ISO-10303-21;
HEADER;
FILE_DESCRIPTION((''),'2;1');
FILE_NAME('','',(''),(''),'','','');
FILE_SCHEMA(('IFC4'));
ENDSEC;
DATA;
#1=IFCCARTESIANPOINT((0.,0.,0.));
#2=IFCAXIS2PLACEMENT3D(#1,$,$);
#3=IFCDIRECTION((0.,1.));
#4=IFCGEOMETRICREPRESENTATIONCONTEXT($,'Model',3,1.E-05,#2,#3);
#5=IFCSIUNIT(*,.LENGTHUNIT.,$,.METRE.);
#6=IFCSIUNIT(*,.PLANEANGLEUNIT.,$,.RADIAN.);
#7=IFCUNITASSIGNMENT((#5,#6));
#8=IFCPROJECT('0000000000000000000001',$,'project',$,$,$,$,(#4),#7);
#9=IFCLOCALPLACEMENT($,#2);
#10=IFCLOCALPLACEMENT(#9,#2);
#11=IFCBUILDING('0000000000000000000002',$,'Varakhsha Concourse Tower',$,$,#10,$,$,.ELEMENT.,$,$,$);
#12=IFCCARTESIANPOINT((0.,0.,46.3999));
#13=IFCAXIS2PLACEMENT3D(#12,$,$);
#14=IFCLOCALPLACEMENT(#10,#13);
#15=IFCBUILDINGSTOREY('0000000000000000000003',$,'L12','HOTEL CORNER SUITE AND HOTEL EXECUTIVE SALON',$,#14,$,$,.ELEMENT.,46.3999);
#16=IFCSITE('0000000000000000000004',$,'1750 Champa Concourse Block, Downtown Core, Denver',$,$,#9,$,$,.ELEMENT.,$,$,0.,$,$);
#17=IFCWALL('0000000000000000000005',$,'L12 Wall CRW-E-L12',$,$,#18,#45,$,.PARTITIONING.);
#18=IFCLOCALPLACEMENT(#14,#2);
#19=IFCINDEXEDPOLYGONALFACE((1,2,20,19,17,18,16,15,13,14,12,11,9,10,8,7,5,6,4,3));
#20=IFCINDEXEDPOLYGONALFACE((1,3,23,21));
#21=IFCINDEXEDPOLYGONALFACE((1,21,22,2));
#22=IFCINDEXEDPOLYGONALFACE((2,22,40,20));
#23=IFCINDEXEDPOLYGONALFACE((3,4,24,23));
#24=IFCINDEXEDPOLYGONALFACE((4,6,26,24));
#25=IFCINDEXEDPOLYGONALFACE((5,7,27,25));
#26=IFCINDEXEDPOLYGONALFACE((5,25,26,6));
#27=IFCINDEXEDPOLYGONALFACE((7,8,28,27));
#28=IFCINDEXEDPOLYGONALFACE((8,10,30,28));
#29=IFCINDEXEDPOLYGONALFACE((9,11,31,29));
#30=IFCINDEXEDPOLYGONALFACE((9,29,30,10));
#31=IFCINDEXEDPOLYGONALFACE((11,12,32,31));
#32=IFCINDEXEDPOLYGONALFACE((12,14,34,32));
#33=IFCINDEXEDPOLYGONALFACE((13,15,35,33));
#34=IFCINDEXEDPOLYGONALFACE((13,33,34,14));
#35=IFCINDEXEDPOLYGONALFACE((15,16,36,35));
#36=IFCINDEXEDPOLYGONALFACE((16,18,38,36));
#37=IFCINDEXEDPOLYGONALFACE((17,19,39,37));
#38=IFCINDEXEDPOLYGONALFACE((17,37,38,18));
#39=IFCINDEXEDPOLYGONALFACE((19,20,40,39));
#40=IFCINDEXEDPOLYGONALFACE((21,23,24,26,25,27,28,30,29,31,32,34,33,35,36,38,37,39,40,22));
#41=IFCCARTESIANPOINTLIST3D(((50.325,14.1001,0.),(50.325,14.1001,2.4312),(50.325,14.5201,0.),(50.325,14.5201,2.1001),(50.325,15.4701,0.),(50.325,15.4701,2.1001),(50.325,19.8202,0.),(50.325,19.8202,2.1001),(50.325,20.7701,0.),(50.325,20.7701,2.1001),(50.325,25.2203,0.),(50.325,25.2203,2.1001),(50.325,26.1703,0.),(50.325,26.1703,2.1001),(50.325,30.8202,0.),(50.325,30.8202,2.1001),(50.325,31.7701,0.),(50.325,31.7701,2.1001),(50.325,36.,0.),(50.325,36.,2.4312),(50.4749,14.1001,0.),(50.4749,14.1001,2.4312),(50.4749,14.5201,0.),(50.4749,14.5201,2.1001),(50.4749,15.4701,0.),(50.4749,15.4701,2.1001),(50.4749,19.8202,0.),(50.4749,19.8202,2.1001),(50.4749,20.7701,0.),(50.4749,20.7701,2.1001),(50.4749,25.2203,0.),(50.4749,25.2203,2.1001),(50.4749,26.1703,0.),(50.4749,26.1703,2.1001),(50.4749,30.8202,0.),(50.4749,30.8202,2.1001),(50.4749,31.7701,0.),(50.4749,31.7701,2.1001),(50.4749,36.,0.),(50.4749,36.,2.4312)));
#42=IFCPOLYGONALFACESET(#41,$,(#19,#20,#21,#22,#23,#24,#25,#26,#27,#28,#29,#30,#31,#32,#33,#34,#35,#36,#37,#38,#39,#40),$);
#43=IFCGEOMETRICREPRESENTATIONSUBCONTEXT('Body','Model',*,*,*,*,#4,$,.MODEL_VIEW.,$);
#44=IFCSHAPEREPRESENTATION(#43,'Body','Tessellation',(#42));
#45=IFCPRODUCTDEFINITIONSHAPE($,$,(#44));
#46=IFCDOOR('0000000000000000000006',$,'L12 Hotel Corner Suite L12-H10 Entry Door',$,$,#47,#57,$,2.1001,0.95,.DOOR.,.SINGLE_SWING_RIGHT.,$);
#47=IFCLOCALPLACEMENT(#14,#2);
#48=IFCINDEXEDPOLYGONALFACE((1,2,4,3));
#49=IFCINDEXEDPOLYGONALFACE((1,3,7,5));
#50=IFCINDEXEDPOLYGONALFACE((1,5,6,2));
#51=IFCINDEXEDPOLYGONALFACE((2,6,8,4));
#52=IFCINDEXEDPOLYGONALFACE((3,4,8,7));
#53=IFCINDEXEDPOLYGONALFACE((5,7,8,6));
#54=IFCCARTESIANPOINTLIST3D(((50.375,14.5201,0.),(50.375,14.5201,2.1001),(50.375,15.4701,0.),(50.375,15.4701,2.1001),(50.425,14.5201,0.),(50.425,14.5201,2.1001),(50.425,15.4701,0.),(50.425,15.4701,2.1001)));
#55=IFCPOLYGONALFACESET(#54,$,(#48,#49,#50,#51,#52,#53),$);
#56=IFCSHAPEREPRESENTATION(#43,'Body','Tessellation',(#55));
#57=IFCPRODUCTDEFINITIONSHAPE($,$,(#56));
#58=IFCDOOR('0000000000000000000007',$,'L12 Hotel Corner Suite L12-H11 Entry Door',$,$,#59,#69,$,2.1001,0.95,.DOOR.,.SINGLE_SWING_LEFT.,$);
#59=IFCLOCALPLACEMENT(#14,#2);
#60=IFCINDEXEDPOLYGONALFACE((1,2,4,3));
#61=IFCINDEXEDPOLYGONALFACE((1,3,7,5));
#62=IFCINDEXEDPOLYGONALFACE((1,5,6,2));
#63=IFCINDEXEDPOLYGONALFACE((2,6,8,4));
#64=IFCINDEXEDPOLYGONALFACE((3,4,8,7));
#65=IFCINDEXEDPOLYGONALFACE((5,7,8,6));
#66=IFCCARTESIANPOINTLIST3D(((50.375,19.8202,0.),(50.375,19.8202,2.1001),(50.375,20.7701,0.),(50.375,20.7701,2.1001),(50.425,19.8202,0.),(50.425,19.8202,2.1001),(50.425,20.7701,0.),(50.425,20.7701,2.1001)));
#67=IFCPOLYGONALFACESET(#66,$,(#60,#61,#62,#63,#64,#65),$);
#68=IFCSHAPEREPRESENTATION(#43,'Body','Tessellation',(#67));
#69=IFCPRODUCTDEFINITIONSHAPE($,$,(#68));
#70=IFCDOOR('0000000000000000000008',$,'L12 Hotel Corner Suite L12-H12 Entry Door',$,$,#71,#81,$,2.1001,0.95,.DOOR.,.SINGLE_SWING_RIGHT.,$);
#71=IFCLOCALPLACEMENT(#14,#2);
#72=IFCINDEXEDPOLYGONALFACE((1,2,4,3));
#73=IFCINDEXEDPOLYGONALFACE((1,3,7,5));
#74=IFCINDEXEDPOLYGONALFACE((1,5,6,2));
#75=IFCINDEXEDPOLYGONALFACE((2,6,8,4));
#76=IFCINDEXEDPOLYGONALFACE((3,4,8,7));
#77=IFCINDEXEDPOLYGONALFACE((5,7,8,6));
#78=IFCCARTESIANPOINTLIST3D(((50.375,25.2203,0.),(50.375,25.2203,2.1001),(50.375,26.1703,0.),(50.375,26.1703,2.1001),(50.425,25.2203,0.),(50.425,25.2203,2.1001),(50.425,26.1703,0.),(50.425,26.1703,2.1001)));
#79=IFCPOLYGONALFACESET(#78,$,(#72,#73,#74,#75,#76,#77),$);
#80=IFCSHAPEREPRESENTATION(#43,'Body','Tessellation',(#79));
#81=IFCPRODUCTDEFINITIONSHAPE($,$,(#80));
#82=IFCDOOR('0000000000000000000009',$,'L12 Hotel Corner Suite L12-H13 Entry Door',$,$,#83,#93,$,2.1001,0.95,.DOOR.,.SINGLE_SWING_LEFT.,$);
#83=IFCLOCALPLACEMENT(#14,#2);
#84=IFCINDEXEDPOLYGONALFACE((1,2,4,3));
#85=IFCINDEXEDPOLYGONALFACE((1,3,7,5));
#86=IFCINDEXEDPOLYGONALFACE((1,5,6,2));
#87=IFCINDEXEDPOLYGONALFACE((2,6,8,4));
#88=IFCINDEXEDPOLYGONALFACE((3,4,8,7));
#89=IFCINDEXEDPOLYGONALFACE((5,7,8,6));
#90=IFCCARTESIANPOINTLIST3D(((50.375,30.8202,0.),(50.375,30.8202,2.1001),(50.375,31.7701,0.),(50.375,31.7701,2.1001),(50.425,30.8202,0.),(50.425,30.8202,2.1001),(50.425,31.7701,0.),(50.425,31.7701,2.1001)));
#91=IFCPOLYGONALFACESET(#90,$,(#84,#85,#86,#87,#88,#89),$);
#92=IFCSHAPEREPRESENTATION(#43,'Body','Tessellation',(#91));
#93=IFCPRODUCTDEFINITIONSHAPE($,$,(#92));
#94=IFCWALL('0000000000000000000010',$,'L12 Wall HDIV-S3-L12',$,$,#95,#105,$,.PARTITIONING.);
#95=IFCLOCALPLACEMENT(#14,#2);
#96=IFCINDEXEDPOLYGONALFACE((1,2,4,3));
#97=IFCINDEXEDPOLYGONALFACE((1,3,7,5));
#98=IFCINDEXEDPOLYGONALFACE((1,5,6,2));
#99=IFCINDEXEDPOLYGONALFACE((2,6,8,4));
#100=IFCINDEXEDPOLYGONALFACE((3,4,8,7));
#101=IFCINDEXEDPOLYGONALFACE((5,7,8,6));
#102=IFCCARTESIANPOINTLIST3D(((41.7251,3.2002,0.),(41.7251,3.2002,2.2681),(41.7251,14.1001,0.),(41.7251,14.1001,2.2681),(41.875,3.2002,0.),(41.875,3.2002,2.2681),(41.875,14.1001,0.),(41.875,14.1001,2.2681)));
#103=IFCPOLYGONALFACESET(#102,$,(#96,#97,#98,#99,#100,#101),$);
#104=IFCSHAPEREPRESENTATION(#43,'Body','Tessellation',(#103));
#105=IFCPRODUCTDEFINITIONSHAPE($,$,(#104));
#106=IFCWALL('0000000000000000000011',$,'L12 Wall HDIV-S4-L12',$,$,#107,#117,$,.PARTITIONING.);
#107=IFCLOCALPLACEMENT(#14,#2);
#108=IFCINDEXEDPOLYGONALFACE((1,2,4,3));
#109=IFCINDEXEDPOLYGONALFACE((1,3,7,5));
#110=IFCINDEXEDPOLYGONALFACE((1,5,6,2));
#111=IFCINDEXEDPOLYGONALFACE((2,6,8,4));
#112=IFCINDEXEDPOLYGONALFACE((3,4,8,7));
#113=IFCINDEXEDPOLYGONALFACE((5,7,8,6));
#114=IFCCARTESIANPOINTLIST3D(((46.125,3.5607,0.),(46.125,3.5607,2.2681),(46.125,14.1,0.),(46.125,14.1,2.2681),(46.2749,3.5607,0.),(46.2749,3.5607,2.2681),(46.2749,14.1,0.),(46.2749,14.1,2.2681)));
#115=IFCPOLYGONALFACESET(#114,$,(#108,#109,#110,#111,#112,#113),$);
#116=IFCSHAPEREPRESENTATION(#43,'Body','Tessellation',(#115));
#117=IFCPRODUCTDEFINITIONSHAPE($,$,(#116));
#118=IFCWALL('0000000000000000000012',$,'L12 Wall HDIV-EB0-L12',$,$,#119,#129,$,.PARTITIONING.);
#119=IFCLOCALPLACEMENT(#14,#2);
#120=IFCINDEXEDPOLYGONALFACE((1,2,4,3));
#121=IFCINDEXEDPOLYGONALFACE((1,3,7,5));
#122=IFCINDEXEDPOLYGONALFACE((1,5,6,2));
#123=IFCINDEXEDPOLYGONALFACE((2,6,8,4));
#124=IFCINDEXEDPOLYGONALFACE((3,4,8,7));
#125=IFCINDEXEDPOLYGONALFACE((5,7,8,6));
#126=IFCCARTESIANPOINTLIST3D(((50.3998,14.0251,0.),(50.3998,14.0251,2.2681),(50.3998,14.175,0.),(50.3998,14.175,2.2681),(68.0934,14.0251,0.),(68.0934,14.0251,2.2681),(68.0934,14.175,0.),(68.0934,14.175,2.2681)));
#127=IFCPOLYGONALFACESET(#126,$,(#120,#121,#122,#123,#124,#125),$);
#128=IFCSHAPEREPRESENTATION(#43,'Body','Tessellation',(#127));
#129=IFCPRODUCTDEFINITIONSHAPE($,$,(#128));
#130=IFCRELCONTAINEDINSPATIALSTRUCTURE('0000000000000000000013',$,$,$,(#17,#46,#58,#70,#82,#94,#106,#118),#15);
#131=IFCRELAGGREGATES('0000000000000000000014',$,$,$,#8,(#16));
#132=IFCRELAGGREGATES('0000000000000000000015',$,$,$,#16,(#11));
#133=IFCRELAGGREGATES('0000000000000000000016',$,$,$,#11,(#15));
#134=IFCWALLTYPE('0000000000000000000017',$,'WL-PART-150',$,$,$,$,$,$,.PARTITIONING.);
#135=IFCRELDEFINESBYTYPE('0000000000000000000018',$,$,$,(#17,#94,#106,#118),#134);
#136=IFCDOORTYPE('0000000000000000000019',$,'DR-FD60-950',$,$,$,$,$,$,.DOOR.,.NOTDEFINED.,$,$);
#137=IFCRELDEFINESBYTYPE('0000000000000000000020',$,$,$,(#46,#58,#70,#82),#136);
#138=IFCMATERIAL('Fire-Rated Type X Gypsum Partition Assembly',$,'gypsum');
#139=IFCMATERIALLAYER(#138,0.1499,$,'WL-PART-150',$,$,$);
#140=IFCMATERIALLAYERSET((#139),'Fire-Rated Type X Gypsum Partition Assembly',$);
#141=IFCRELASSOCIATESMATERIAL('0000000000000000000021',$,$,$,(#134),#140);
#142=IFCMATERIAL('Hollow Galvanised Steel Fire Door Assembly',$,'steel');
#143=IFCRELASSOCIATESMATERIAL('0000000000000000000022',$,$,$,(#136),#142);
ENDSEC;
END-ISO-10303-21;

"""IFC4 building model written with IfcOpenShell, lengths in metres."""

from ifc_helpers import new_model, si_unit, direction, frame, frame_2d, origin, place, context, subcontext, project, spatial, rectangle, extrude, material, layer, layer_set, type_object, element, fill, save


model = new_model("IFC4")

# Units and contexts
model_context = context("Model", 3, precision=1e-05, world=origin(), true_north=direction((0.0, 1.0)))
body_context = subcontext(model_context, "Body", "Model", "MODEL_VIEW")
ifc_project = project(units=[si_unit("LENGTHUNIT", "METRE"), si_unit("PLANEANGLEUNIT", "RADIAN")], contexts=[model_context])

# Site, building, storey
site_placement = place(None, origin())
site = spatial("IfcSite", under=ifc_project, at=site_placement, Name="1750 Champa Concourse Block, Downtown Core, Denver", CompositionType="ELEMENT", RefElevation=0.0)
building_placement = place(site_placement, origin())
building = spatial("IfcBuilding", under=site, at=building_placement, Name="Varakhsha Concourse Tower", CompositionType="ELEMENT")
storey_placement = place(building_placement, frame((0.0, 0.0, 46.3999)))
storey = spatial("IfcBuildingStorey", under=building, at=storey_placement, Name="L12", Description="HOTEL CORNER SUITE AND HOTEL EXECUTIVE SALON", CompositionType="ELEMENT", Elevation=46.3999)

# Shared definitions
ifc_material_1 = material(Name="Fire-Rated Type X Gypsum Partition Assembly", Category="gypsum")
ifc_material_2 = material(Name="Hollow Galvanised Steel Fire Door Assembly", Category="steel")

# Wall, openings, doors
ifc_layer_1 = layer(ifc_material_1, 0.1499, Name="WL-PART-150")
ifc_layer_set_1 = layer_set([ifc_layer_1], Name="Fire-Rated Type X Gypsum Partition Assembly")
wall_type_1 = type_object("IfcWallType", Name="WL-PART-150", PredefinedType="PARTITIONING", material=ifc_layer_set_1)
wall_1_placement = place(storey_placement, frame((50.3999, 14.1001, 0.0), z_axis=(0.0, 0.0, 1.0), x_axis=(0.0, 1.0, 0.0)))
wall_1 = element("IfcWall", 1, at=wall_1_placement, inside=storey, type_object=wall_type_1, Name="L12 Wall CRW-E-L12", PredefinedType="PARTITIONING", context=body_context, shape_type="SweptSolid", body=[
    extrude(rectangle(XDim=21.8999, YDim=0.1499, at=frame_2d((10.95, 0.0))), origin(), (0.0, 0.0, 1.0), 2.4312),
])
opening_1_placement = place(wall_1_placement, frame((0.4199, 0.0, 0.0)))
opening_1 = element("IfcOpeningElement", 2, at=opening_1_placement, cuts=wall_1, PredefinedType="OPENING", context=body_context, shape_type="SweptSolid", body=[
    extrude(rectangle(XDim=0.95, YDim=2.1001, at=frame_2d((0.4751, 1.05))), frame((0.0, 0.085, 0.0), z_axis=(0.0, -1.0, 0.0), x_axis=(1.0, 0.0, 0.0)), (0.0, 0.0, 1.0), 0.1699),
])
opening_2_placement = place(wall_1_placement, frame((5.72, 0.0, 0.0)))
opening_2 = element("IfcOpeningElement", 3, at=opening_2_placement, cuts=wall_1, PredefinedType="OPENING", context=body_context, shape_type="SweptSolid", body=[
    extrude(rectangle(XDim=0.95, YDim=2.1001, at=frame_2d((0.4751, 1.05))), frame((0.0, 0.085, 0.0), z_axis=(0.0, -1.0, 0.0), x_axis=(1.0, 0.0, 0.0)), (0.0, 0.0, 1.0), 0.1699),
])
opening_3_placement = place(wall_1_placement, frame((11.1201, 0.0, 0.0)))
opening_3 = element("IfcOpeningElement", 4, at=opening_3_placement, cuts=wall_1, PredefinedType="OPENING", context=body_context, shape_type="SweptSolid", body=[
    extrude(rectangle(XDim=0.95, YDim=2.1001, at=frame_2d((0.4751, 1.05))), frame((0.0, 0.085, 0.0), z_axis=(0.0, -1.0, 0.0), x_axis=(1.0, 0.0, 0.0)), (0.0, 0.0, 1.0), 0.1699),
])
opening_4_placement = place(wall_1_placement, frame((16.72, 0.0, 0.0)))
opening_4 = element("IfcOpeningElement", 5, at=opening_4_placement, cuts=wall_1, PredefinedType="OPENING", context=body_context, shape_type="SweptSolid", body=[
    extrude(rectangle(XDim=0.95, YDim=2.1001, at=frame_2d((0.4751, 1.05))), frame((0.0, 0.085, 0.0), z_axis=(0.0, -1.0, 0.0), x_axis=(1.0, 0.0, 0.0)), (0.0, 0.0, 1.0), 0.1699),
])
door_type_1 = type_object("IfcDoorType", Name="DR-FD60-950", OperationType="NOTDEFINED", PredefinedType="DOOR", material=ifc_material_2)
door_1_placement = place(opening_1_placement, origin())
door_1 = element("IfcDoor", 6, at=door_1_placement, inside=storey, type_object=door_type_1, Name="L12 Hotel Corner Suite L12-H10 Entry Door", OperationType="SINGLE_SWING_RIGHT", OverallHeight=2.1001, OverallWidth=0.95, PredefinedType="DOOR", context=body_context, shape_type="SweptSolid", body=[
    extrude(rectangle(XDim=0.95, YDim=2.1001, at=frame_2d((0.4751, 1.05))), frame((0.0, 0.0249, 0.0), z_axis=(0.0, -1.0, 0.0), x_axis=(1.0, 0.0, 0.0)), (0.0, 0.0, 1.0), 0.05),
])
fill(opening_1, door_1)
door_2_placement = place(opening_2_placement, origin())
door_2 = element("IfcDoor", 7, at=door_2_placement, inside=storey, type_object=door_type_1, Name="L12 Hotel Corner Suite L12-H11 Entry Door", OperationType="SINGLE_SWING_LEFT", OverallHeight=2.1001, OverallWidth=0.95, PredefinedType="DOOR", context=body_context, shape_type="SweptSolid", body=[
    extrude(rectangle(XDim=0.95, YDim=2.1001, at=frame_2d((0.4751, 1.05))), frame((0.0, 0.0249, 0.0), z_axis=(0.0, -1.0, 0.0), x_axis=(1.0, 0.0, 0.0)), (0.0, 0.0, 1.0), 0.05),
])
fill(opening_2, door_2)
door_3_placement = place(opening_3_placement, origin())
door_3 = element("IfcDoor", 8, at=door_3_placement, inside=storey, type_object=door_type_1, Name="L12 Hotel Corner Suite L12-H12 Entry Door", OperationType="SINGLE_SWING_RIGHT", OverallHeight=2.1001, OverallWidth=0.95, PredefinedType="DOOR", context=body_context, shape_type="SweptSolid", body=[
    extrude(rectangle(XDim=0.95, YDim=2.1001, at=frame_2d((0.4751, 1.05))), frame((0.0, 0.0249, 0.0), z_axis=(0.0, -1.0, 0.0), x_axis=(1.0, 0.0, 0.0)), (0.0, 0.0, 1.0), 0.05),
])
fill(opening_3, door_3)
door_4_placement = place(opening_4_placement, origin())
door_4 = element("IfcDoor", 9, at=door_4_placement, inside=storey, type_object=door_type_1, Name="L12 Hotel Corner Suite L12-H13 Entry Door", OperationType="SINGLE_SWING_LEFT", OverallHeight=2.1001, OverallWidth=0.95, PredefinedType="DOOR", context=body_context, shape_type="SweptSolid", body=[
    extrude(rectangle(XDim=0.95, YDim=2.1001, at=frame_2d((0.4751, 1.05))), frame((0.0, 0.0249, 0.0), z_axis=(0.0, -1.0, 0.0), x_axis=(1.0, 0.0, 0.0)), (0.0, 0.0, 1.0), 0.05),
])
fill(opening_4, door_4)

# Walls
wall_2_placement = place(storey_placement, frame((41.8, 3.2002, 0.0), z_axis=(0.0, 0.0, 1.0), x_axis=(0.0, 1.0, 0.0)))
element("IfcWall", 10, at=wall_2_placement, inside=storey, type_object=wall_type_1, Name="L12 Wall HDIV-S3-L12", PredefinedType="PARTITIONING", context=body_context, shape_type="SweptSolid", body=[
    extrude(rectangle(XDim=10.8999, YDim=0.1499, at=frame_2d((5.45, 0.0))), origin(), (0.0, 0.0, 1.0), 2.2681),
])
wall_3_placement = place(storey_placement, frame((46.2, 3.5608, 0.0), z_axis=(0.0, 0.0, 1.0), x_axis=(0.0, 1.0, 0.0)))
element("IfcWall", 11, at=wall_3_placement, inside=storey, type_object=wall_type_1, Name="L12 Wall HDIV-S4-L12", PredefinedType="PARTITIONING", context=body_context, shape_type="SweptSolid", body=[
    extrude(rectangle(XDim=10.5393, YDim=0.1499, at=frame_2d((5.2695, 0.0))), origin(), (0.0, 0.0, 1.0), 2.2681),
])
wall_4_placement = place(storey_placement, frame((50.3999, 14.1001, 0.0), z_axis=(0.0, 0.0, 1.0), x_axis=(1.0, 0.0, 0.0)))
element("IfcWall", 12, at=wall_4_placement, inside=storey, type_object=wall_type_1, Name="L12 Wall HDIV-EB0-L12", PredefinedType="PARTITIONING", context=body_context, shape_type="SweptSolid", body=[
    extrude(rectangle(XDim=17.6936, YDim=0.1499, at=frame_2d((8.8467, 0.0))), origin(), (0.0, 0.0, 1.0), 2.2681),
])

save(model, "model.ifc")
